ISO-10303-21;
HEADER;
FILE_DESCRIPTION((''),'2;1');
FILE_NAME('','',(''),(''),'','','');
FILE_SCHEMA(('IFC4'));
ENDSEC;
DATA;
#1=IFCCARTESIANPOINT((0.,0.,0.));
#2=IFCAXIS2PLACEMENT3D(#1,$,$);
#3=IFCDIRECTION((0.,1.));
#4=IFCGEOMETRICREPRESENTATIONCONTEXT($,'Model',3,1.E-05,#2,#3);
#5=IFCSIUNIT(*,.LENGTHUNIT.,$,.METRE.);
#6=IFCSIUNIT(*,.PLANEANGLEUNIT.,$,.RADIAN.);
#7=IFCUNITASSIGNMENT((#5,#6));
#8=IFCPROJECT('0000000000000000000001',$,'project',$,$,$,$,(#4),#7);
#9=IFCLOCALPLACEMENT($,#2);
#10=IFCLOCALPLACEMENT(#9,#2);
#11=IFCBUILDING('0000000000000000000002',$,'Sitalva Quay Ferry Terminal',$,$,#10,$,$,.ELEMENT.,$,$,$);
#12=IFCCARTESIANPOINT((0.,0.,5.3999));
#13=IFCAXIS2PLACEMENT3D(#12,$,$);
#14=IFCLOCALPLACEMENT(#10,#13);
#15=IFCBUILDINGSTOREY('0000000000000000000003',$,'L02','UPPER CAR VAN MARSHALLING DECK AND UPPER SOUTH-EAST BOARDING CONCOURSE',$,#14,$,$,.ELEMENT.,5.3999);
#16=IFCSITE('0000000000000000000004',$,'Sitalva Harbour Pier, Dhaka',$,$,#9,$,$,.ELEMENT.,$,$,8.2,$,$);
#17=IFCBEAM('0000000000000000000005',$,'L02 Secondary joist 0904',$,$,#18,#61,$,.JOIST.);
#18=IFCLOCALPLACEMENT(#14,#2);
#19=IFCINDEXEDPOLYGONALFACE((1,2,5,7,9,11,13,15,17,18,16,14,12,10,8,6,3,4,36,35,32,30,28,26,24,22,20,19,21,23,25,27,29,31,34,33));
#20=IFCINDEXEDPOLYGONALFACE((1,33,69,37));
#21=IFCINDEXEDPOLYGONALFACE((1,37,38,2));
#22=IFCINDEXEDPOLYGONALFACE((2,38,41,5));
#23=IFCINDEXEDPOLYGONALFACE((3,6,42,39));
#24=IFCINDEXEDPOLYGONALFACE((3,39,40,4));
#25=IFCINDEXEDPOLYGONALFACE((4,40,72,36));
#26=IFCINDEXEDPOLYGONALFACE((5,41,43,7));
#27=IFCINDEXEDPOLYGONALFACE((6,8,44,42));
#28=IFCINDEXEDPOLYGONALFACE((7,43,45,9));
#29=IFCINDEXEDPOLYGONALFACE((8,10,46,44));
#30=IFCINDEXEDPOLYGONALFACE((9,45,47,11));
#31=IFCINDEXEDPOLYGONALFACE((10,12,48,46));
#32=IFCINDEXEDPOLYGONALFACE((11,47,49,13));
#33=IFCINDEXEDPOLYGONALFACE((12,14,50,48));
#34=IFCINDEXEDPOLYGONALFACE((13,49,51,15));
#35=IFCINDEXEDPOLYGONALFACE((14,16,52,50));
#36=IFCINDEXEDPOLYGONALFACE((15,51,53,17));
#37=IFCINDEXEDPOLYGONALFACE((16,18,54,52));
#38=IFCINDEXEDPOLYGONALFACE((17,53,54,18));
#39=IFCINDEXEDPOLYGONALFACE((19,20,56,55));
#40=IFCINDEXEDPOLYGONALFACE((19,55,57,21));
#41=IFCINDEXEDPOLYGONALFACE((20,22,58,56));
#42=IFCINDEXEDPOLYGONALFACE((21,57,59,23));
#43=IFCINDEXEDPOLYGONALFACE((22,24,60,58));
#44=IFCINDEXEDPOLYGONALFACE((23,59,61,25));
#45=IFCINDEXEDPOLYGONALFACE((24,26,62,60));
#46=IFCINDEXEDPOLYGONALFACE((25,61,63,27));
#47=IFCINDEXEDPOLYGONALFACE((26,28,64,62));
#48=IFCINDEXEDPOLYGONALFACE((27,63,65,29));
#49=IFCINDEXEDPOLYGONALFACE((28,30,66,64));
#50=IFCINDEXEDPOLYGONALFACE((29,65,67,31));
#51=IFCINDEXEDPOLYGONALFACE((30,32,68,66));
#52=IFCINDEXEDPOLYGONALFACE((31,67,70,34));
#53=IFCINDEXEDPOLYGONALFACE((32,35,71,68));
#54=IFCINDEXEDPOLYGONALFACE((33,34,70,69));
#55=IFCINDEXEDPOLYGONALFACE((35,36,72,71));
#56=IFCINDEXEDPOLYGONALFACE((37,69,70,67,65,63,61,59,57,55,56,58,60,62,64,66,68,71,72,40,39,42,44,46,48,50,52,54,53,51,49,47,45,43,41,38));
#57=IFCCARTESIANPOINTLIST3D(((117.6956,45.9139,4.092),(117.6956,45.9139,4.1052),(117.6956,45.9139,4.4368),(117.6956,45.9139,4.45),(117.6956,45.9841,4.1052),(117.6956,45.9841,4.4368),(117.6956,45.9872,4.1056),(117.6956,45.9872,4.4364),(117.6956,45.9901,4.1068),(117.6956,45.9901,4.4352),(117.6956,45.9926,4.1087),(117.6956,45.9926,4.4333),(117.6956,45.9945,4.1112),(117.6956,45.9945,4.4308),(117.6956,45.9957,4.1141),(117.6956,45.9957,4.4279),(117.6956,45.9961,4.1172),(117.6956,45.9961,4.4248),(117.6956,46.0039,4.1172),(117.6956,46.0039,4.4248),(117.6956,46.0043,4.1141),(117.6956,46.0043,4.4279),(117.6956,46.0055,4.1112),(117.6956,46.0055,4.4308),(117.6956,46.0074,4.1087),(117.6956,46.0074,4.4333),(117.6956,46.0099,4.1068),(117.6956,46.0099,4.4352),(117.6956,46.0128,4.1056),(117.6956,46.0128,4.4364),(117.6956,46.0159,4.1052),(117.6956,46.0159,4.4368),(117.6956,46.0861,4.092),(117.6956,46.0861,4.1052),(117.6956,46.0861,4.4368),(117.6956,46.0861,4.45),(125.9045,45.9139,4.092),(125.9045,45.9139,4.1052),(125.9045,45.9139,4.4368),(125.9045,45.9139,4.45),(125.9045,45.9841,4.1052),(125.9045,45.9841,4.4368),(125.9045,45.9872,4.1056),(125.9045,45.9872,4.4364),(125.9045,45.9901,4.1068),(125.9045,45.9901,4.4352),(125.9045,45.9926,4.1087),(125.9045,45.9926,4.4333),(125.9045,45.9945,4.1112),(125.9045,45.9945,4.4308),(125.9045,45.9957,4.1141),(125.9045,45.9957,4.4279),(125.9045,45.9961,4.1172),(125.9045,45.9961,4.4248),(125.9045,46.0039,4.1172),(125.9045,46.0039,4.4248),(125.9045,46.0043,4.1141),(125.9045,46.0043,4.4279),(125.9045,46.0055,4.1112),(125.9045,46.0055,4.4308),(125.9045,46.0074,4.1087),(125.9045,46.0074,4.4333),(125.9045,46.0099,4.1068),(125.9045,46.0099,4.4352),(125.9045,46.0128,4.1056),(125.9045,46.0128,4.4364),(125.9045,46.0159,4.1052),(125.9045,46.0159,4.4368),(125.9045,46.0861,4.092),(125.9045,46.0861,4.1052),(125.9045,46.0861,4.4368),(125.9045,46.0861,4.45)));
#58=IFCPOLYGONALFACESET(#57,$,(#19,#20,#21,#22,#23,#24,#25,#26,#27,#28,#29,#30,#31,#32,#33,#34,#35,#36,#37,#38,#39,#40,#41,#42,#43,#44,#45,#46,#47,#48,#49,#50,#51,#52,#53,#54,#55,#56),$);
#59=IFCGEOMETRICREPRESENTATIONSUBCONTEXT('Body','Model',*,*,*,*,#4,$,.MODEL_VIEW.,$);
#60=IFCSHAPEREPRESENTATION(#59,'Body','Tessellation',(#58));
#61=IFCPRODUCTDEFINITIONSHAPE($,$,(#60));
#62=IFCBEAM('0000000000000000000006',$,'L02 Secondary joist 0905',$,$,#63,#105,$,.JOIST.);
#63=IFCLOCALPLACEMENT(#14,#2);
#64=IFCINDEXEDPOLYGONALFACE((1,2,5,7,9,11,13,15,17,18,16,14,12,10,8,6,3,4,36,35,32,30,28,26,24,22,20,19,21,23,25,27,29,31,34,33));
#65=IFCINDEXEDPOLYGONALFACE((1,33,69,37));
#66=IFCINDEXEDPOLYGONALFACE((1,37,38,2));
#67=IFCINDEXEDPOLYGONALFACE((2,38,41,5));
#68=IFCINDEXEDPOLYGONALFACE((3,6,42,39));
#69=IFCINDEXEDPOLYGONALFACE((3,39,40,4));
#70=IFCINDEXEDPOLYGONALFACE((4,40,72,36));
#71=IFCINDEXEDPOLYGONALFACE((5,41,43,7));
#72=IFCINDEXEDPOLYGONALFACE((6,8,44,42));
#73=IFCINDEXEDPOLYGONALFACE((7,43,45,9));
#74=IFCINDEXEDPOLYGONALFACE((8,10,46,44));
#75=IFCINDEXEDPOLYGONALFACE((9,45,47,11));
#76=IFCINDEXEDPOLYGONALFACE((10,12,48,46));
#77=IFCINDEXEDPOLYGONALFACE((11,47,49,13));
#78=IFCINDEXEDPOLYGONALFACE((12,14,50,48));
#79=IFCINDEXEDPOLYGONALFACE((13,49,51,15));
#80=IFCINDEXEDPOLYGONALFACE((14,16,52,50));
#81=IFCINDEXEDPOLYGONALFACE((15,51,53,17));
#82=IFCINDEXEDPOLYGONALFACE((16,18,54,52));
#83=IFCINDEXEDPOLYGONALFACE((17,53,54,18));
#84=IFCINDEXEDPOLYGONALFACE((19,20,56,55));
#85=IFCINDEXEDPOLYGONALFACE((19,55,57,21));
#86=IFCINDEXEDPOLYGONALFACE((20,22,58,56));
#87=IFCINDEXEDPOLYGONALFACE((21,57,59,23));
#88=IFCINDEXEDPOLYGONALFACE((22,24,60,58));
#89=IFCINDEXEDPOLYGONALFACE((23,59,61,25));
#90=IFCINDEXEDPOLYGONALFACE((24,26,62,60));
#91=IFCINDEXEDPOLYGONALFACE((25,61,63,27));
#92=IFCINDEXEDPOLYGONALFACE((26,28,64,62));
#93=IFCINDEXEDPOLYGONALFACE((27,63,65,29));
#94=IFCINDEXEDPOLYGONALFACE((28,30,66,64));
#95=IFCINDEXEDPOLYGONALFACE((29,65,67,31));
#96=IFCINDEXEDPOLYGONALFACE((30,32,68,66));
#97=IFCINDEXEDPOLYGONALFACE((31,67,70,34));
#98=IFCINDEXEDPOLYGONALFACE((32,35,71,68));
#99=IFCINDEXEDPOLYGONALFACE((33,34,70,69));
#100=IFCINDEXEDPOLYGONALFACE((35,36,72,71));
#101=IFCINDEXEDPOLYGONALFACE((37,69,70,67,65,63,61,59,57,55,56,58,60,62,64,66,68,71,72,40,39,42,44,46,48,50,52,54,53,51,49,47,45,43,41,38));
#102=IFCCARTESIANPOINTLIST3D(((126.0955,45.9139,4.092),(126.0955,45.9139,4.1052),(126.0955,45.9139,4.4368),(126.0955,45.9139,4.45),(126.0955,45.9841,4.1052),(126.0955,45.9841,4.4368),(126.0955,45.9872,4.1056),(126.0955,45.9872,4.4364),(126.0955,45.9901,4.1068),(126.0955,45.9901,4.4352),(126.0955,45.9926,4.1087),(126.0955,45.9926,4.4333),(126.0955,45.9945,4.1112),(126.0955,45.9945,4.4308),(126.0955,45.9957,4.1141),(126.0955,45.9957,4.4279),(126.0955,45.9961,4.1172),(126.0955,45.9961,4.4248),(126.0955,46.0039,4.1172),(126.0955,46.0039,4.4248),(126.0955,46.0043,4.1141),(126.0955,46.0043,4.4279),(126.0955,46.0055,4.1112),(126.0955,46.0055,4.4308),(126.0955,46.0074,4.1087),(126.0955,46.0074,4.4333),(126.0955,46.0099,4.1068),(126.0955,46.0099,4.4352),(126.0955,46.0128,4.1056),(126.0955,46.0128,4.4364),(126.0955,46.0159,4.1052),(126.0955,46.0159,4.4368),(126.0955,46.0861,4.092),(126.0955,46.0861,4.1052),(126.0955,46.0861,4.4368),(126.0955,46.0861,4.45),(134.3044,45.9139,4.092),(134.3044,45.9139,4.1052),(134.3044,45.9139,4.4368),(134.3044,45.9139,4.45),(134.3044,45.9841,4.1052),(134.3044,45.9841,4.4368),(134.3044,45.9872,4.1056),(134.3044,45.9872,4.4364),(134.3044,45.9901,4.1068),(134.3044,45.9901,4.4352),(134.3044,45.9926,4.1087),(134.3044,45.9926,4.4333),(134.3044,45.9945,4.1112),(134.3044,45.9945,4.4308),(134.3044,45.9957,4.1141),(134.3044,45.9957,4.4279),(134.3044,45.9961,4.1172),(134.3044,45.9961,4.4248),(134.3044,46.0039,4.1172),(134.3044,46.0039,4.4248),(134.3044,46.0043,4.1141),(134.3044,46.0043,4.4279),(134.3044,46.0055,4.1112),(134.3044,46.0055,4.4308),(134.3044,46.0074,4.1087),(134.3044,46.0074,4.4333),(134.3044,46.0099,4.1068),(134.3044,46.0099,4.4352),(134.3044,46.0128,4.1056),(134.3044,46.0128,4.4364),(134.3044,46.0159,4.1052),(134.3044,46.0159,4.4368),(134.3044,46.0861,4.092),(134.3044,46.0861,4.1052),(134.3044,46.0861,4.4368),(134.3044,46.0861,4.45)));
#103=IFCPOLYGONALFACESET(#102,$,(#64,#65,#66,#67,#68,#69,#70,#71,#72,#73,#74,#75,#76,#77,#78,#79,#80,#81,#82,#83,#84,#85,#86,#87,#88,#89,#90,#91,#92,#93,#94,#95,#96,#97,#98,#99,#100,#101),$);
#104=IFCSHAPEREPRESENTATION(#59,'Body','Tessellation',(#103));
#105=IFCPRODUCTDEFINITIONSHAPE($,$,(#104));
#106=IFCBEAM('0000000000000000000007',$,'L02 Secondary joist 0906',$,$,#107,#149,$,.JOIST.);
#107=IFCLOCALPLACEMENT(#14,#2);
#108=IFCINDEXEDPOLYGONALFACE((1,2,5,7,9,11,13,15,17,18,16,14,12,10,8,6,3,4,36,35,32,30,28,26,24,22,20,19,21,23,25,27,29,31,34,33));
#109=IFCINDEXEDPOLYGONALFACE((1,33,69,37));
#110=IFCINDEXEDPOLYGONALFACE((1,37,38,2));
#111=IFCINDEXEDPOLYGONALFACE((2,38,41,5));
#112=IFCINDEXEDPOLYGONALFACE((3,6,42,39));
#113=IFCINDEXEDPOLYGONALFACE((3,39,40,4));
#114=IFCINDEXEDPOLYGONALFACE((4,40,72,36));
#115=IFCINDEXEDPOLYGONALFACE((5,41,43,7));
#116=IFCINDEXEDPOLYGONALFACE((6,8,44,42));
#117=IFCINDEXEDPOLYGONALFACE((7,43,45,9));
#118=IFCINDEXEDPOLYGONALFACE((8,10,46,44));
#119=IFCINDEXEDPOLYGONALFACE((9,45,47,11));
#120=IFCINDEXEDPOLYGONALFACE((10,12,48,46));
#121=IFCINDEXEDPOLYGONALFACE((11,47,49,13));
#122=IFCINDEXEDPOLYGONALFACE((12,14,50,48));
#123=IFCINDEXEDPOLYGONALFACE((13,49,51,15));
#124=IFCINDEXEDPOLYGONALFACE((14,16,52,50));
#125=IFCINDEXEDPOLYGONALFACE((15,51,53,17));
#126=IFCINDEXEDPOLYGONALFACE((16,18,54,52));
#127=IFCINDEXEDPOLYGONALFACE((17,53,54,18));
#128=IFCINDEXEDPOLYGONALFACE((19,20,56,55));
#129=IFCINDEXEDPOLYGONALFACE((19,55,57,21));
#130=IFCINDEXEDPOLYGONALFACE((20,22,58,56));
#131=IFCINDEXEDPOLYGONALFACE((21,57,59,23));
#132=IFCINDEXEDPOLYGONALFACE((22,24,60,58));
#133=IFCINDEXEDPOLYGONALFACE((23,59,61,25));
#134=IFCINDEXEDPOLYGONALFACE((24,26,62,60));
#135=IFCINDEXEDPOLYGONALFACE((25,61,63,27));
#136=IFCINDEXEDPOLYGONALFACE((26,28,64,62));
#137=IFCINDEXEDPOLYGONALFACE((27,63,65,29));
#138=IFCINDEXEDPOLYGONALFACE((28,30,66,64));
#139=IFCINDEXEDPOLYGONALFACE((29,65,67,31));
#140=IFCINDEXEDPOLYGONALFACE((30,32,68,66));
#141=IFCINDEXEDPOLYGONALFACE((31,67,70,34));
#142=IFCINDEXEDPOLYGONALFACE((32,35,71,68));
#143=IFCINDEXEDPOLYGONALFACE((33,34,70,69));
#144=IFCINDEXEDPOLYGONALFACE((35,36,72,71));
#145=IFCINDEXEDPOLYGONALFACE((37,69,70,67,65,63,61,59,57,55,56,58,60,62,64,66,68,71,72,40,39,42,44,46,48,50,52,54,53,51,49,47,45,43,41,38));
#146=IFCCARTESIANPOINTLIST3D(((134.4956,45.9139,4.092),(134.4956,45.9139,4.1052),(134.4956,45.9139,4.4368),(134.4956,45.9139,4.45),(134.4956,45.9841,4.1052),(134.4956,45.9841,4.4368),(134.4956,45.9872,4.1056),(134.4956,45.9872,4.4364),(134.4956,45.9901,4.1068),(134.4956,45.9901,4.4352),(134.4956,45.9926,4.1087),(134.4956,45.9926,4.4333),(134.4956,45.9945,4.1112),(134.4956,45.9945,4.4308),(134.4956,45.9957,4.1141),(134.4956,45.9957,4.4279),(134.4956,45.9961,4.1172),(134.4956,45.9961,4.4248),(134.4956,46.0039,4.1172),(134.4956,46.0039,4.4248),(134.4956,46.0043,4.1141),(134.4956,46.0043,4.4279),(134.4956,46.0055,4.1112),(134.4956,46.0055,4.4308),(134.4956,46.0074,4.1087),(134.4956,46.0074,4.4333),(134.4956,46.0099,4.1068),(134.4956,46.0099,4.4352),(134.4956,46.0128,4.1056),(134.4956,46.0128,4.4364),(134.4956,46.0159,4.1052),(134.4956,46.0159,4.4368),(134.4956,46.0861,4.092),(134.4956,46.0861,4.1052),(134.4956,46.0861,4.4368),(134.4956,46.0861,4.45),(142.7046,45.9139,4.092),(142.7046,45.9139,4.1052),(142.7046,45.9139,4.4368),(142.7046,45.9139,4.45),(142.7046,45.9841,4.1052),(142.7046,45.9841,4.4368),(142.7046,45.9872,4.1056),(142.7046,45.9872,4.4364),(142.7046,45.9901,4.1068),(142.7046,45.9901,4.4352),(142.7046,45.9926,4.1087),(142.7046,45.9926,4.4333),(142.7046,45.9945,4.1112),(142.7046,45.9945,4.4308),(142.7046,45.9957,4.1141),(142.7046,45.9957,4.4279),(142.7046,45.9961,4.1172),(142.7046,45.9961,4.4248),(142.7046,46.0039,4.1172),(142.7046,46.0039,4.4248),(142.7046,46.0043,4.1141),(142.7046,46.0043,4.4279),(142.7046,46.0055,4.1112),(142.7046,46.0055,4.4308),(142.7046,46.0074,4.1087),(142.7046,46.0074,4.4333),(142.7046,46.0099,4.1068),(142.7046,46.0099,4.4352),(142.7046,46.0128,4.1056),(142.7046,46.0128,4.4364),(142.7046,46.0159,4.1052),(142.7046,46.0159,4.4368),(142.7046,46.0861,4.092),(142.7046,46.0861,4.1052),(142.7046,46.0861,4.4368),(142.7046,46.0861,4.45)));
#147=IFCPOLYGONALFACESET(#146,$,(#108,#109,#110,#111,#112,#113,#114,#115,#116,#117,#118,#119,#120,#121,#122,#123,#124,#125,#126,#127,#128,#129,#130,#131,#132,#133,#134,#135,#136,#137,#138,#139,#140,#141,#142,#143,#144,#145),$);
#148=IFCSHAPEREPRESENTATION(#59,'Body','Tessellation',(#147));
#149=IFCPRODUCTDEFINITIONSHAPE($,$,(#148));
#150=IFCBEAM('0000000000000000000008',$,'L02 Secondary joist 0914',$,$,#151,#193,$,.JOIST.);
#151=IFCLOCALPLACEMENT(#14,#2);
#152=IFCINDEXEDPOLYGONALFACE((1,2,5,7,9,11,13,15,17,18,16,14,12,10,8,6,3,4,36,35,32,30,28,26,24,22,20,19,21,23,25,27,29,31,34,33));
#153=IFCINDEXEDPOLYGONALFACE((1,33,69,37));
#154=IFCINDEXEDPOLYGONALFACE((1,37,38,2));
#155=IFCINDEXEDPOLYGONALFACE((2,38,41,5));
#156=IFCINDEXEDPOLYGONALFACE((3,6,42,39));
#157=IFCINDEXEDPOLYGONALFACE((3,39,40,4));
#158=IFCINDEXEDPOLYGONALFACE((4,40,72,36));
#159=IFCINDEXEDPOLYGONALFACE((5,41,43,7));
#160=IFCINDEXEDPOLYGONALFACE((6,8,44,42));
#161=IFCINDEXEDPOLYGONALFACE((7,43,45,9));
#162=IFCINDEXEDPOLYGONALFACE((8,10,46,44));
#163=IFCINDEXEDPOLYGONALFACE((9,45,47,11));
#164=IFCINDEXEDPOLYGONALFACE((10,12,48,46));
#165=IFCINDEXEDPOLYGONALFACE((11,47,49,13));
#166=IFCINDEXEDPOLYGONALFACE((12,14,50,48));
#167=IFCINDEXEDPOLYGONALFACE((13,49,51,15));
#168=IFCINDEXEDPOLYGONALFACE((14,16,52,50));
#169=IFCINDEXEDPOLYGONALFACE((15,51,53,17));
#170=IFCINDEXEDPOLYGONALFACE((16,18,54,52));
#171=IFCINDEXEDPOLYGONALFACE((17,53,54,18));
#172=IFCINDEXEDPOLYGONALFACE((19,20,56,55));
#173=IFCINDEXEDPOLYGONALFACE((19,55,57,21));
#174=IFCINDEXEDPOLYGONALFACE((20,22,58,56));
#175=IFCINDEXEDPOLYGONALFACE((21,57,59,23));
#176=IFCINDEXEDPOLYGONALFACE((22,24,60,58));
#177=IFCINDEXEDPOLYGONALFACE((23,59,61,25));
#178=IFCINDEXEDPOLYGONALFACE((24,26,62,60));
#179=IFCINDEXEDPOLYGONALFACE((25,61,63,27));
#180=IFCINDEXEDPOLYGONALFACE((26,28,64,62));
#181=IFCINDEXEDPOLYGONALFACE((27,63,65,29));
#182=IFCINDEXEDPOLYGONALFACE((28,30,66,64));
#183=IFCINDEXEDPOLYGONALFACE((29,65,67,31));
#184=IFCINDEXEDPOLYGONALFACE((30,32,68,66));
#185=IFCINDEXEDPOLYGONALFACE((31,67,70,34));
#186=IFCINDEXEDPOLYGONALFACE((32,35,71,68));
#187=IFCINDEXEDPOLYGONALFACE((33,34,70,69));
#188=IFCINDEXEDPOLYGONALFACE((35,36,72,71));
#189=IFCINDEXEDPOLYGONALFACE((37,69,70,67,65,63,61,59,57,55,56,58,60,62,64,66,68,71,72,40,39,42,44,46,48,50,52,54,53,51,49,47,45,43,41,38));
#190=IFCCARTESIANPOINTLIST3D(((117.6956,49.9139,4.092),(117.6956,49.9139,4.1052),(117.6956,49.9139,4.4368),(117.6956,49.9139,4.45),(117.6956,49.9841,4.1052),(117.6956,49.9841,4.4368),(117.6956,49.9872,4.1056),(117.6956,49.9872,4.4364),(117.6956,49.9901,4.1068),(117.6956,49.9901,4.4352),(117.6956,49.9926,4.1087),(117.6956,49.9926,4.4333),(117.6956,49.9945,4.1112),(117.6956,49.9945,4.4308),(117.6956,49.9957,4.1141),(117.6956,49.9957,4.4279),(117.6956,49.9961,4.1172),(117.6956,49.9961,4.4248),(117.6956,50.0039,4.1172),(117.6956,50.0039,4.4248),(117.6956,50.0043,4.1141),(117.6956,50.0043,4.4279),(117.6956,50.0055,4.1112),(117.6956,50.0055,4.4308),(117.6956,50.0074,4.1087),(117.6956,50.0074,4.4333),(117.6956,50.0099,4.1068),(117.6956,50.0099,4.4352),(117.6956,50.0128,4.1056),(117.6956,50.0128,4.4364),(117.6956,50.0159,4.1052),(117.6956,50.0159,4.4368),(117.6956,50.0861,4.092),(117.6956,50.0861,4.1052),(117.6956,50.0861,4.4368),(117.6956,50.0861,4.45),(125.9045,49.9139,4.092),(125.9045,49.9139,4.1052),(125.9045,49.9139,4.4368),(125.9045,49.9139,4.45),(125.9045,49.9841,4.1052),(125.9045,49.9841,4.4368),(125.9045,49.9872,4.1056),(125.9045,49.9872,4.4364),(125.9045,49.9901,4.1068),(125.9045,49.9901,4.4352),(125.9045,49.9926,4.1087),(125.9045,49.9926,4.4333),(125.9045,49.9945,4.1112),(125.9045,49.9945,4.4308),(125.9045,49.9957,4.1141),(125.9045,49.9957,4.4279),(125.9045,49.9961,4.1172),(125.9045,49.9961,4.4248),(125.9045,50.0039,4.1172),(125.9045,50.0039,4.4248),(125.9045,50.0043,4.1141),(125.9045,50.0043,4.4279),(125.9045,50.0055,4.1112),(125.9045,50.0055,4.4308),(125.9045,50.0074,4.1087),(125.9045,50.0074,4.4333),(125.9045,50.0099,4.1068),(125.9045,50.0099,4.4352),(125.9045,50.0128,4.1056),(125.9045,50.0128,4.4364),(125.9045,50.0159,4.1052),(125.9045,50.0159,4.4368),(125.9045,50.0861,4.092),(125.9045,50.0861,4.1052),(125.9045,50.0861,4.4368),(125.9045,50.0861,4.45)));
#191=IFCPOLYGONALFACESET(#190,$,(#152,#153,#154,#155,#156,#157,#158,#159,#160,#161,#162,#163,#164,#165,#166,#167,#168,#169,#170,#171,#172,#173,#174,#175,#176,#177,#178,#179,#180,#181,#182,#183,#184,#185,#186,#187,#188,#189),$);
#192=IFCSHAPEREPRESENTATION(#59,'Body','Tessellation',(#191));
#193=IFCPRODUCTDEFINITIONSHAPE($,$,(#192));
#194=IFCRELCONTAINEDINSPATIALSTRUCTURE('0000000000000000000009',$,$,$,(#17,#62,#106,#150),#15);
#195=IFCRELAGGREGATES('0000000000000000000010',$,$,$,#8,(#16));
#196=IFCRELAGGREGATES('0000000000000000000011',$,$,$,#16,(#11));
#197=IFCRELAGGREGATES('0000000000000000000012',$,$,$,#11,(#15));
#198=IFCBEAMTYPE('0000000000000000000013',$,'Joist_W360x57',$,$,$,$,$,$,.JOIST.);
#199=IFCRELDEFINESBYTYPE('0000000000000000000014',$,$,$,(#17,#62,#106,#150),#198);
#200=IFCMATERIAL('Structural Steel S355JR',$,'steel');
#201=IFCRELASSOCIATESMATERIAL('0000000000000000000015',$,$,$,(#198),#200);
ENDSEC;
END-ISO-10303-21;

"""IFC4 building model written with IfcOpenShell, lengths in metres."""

from ifc_helpers import new_model, si_unit, direction, frame, origin, origin_2d, place, context, subcontext, project, spatial, i_section, extrude, material, material_profile, profile_set, type_object, element, save


model = new_model("IFC4")

# Units and contexts
model_context = context("Model", 3, precision=1e-05, world=origin(), true_north=direction((0.0, 1.0)))
body_context = subcontext(model_context, "Body", "Model", "MODEL_VIEW")
ifc_project = project(units=[si_unit("LENGTHUNIT", "METRE"), si_unit("PLANEANGLEUNIT", "RADIAN")], contexts=[model_context])

# Site, building, storey
site_placement = place(None, origin())
site = spatial("IfcSite", under=ifc_project, at=site_placement, Name="Sitalva Harbour Pier, Dhaka", CompositionType="ELEMENT", RefElevation=8.2)
building_placement = place(site_placement, origin())
building = spatial("IfcBuilding", under=site, at=building_placement, Name="Sitalva Quay Ferry Terminal", CompositionType="ELEMENT")
storey_placement = place(building_placement, frame((0.0, 0.0, 5.3999)))
storey = spatial("IfcBuildingStorey", under=building, at=storey_placement, Name="L02", Description="UPPER CAR VAN MARSHALLING DECK AND UPPER SOUTH-EAST BOARDING CONCOURSE", CompositionType="ELEMENT", Elevation=5.3999)

# Beams
ifc_material_1 = material(Name="Structural Steel S355JR", Category="steel")
ifc_material_profile_1 = material_profile(ifc_material_1, i_section(OverallWidth=0.1721, OverallDepth=0.3579, WebThickness=0.0078, FlangeThickness=0.0132, FilletRadius=0.012, at=origin_2d()), Name="W360x57")
ifc_profile_set_1 = profile_set([ifc_material_profile_1], Name="Structural Steel S355JR")
beam_type_1 = type_object("IfcBeamType", Name="Joist_W360x57", PredefinedType="JOIST", material=ifc_profile_set_1)
for number, where, z_axis, x_axis, name in (
    (1, (117.6956, 46.0, 4.271), (1.0, 0.0, 0.0), (0.0, 1.0, 0.0), "L02 Secondary joist 0904"),
    (2, (126.0955, 46.0, 4.271), (1.0, 0.0, 0.0), (0.0, 1.0, 0.0), "L02 Secondary joist 0905"),
    (3, (134.4956, 46.0, 4.271), (1.0, 0.0, 0.0), (0.0, 1.0, 0.0), "L02 Secondary joist 0906"),
    (4, (117.6956, 50.0, 4.271), (1.0, 0.0, 0.0), (0.0, 1.0, 0.0), "L02 Secondary joist 0914"),
):
    element("IfcBeam", number, at=place(storey_placement, frame(where, z_axis=z_axis, x_axis=x_axis)), inside=storey, type_object=beam_type_1, Name=name, PredefinedType="JOIST", context=body_context, shape_type="SweptSolid", body=[
        extrude(i_section(OverallWidth=0.1721, OverallDepth=0.3579, WebThickness=0.0078, FlangeThickness=0.0132, FilletRadius=0.012, at=origin_2d()), origin(), (0.0, 0.0, 1.0), 8.209),
    ])

save(model, "model.ifc")
